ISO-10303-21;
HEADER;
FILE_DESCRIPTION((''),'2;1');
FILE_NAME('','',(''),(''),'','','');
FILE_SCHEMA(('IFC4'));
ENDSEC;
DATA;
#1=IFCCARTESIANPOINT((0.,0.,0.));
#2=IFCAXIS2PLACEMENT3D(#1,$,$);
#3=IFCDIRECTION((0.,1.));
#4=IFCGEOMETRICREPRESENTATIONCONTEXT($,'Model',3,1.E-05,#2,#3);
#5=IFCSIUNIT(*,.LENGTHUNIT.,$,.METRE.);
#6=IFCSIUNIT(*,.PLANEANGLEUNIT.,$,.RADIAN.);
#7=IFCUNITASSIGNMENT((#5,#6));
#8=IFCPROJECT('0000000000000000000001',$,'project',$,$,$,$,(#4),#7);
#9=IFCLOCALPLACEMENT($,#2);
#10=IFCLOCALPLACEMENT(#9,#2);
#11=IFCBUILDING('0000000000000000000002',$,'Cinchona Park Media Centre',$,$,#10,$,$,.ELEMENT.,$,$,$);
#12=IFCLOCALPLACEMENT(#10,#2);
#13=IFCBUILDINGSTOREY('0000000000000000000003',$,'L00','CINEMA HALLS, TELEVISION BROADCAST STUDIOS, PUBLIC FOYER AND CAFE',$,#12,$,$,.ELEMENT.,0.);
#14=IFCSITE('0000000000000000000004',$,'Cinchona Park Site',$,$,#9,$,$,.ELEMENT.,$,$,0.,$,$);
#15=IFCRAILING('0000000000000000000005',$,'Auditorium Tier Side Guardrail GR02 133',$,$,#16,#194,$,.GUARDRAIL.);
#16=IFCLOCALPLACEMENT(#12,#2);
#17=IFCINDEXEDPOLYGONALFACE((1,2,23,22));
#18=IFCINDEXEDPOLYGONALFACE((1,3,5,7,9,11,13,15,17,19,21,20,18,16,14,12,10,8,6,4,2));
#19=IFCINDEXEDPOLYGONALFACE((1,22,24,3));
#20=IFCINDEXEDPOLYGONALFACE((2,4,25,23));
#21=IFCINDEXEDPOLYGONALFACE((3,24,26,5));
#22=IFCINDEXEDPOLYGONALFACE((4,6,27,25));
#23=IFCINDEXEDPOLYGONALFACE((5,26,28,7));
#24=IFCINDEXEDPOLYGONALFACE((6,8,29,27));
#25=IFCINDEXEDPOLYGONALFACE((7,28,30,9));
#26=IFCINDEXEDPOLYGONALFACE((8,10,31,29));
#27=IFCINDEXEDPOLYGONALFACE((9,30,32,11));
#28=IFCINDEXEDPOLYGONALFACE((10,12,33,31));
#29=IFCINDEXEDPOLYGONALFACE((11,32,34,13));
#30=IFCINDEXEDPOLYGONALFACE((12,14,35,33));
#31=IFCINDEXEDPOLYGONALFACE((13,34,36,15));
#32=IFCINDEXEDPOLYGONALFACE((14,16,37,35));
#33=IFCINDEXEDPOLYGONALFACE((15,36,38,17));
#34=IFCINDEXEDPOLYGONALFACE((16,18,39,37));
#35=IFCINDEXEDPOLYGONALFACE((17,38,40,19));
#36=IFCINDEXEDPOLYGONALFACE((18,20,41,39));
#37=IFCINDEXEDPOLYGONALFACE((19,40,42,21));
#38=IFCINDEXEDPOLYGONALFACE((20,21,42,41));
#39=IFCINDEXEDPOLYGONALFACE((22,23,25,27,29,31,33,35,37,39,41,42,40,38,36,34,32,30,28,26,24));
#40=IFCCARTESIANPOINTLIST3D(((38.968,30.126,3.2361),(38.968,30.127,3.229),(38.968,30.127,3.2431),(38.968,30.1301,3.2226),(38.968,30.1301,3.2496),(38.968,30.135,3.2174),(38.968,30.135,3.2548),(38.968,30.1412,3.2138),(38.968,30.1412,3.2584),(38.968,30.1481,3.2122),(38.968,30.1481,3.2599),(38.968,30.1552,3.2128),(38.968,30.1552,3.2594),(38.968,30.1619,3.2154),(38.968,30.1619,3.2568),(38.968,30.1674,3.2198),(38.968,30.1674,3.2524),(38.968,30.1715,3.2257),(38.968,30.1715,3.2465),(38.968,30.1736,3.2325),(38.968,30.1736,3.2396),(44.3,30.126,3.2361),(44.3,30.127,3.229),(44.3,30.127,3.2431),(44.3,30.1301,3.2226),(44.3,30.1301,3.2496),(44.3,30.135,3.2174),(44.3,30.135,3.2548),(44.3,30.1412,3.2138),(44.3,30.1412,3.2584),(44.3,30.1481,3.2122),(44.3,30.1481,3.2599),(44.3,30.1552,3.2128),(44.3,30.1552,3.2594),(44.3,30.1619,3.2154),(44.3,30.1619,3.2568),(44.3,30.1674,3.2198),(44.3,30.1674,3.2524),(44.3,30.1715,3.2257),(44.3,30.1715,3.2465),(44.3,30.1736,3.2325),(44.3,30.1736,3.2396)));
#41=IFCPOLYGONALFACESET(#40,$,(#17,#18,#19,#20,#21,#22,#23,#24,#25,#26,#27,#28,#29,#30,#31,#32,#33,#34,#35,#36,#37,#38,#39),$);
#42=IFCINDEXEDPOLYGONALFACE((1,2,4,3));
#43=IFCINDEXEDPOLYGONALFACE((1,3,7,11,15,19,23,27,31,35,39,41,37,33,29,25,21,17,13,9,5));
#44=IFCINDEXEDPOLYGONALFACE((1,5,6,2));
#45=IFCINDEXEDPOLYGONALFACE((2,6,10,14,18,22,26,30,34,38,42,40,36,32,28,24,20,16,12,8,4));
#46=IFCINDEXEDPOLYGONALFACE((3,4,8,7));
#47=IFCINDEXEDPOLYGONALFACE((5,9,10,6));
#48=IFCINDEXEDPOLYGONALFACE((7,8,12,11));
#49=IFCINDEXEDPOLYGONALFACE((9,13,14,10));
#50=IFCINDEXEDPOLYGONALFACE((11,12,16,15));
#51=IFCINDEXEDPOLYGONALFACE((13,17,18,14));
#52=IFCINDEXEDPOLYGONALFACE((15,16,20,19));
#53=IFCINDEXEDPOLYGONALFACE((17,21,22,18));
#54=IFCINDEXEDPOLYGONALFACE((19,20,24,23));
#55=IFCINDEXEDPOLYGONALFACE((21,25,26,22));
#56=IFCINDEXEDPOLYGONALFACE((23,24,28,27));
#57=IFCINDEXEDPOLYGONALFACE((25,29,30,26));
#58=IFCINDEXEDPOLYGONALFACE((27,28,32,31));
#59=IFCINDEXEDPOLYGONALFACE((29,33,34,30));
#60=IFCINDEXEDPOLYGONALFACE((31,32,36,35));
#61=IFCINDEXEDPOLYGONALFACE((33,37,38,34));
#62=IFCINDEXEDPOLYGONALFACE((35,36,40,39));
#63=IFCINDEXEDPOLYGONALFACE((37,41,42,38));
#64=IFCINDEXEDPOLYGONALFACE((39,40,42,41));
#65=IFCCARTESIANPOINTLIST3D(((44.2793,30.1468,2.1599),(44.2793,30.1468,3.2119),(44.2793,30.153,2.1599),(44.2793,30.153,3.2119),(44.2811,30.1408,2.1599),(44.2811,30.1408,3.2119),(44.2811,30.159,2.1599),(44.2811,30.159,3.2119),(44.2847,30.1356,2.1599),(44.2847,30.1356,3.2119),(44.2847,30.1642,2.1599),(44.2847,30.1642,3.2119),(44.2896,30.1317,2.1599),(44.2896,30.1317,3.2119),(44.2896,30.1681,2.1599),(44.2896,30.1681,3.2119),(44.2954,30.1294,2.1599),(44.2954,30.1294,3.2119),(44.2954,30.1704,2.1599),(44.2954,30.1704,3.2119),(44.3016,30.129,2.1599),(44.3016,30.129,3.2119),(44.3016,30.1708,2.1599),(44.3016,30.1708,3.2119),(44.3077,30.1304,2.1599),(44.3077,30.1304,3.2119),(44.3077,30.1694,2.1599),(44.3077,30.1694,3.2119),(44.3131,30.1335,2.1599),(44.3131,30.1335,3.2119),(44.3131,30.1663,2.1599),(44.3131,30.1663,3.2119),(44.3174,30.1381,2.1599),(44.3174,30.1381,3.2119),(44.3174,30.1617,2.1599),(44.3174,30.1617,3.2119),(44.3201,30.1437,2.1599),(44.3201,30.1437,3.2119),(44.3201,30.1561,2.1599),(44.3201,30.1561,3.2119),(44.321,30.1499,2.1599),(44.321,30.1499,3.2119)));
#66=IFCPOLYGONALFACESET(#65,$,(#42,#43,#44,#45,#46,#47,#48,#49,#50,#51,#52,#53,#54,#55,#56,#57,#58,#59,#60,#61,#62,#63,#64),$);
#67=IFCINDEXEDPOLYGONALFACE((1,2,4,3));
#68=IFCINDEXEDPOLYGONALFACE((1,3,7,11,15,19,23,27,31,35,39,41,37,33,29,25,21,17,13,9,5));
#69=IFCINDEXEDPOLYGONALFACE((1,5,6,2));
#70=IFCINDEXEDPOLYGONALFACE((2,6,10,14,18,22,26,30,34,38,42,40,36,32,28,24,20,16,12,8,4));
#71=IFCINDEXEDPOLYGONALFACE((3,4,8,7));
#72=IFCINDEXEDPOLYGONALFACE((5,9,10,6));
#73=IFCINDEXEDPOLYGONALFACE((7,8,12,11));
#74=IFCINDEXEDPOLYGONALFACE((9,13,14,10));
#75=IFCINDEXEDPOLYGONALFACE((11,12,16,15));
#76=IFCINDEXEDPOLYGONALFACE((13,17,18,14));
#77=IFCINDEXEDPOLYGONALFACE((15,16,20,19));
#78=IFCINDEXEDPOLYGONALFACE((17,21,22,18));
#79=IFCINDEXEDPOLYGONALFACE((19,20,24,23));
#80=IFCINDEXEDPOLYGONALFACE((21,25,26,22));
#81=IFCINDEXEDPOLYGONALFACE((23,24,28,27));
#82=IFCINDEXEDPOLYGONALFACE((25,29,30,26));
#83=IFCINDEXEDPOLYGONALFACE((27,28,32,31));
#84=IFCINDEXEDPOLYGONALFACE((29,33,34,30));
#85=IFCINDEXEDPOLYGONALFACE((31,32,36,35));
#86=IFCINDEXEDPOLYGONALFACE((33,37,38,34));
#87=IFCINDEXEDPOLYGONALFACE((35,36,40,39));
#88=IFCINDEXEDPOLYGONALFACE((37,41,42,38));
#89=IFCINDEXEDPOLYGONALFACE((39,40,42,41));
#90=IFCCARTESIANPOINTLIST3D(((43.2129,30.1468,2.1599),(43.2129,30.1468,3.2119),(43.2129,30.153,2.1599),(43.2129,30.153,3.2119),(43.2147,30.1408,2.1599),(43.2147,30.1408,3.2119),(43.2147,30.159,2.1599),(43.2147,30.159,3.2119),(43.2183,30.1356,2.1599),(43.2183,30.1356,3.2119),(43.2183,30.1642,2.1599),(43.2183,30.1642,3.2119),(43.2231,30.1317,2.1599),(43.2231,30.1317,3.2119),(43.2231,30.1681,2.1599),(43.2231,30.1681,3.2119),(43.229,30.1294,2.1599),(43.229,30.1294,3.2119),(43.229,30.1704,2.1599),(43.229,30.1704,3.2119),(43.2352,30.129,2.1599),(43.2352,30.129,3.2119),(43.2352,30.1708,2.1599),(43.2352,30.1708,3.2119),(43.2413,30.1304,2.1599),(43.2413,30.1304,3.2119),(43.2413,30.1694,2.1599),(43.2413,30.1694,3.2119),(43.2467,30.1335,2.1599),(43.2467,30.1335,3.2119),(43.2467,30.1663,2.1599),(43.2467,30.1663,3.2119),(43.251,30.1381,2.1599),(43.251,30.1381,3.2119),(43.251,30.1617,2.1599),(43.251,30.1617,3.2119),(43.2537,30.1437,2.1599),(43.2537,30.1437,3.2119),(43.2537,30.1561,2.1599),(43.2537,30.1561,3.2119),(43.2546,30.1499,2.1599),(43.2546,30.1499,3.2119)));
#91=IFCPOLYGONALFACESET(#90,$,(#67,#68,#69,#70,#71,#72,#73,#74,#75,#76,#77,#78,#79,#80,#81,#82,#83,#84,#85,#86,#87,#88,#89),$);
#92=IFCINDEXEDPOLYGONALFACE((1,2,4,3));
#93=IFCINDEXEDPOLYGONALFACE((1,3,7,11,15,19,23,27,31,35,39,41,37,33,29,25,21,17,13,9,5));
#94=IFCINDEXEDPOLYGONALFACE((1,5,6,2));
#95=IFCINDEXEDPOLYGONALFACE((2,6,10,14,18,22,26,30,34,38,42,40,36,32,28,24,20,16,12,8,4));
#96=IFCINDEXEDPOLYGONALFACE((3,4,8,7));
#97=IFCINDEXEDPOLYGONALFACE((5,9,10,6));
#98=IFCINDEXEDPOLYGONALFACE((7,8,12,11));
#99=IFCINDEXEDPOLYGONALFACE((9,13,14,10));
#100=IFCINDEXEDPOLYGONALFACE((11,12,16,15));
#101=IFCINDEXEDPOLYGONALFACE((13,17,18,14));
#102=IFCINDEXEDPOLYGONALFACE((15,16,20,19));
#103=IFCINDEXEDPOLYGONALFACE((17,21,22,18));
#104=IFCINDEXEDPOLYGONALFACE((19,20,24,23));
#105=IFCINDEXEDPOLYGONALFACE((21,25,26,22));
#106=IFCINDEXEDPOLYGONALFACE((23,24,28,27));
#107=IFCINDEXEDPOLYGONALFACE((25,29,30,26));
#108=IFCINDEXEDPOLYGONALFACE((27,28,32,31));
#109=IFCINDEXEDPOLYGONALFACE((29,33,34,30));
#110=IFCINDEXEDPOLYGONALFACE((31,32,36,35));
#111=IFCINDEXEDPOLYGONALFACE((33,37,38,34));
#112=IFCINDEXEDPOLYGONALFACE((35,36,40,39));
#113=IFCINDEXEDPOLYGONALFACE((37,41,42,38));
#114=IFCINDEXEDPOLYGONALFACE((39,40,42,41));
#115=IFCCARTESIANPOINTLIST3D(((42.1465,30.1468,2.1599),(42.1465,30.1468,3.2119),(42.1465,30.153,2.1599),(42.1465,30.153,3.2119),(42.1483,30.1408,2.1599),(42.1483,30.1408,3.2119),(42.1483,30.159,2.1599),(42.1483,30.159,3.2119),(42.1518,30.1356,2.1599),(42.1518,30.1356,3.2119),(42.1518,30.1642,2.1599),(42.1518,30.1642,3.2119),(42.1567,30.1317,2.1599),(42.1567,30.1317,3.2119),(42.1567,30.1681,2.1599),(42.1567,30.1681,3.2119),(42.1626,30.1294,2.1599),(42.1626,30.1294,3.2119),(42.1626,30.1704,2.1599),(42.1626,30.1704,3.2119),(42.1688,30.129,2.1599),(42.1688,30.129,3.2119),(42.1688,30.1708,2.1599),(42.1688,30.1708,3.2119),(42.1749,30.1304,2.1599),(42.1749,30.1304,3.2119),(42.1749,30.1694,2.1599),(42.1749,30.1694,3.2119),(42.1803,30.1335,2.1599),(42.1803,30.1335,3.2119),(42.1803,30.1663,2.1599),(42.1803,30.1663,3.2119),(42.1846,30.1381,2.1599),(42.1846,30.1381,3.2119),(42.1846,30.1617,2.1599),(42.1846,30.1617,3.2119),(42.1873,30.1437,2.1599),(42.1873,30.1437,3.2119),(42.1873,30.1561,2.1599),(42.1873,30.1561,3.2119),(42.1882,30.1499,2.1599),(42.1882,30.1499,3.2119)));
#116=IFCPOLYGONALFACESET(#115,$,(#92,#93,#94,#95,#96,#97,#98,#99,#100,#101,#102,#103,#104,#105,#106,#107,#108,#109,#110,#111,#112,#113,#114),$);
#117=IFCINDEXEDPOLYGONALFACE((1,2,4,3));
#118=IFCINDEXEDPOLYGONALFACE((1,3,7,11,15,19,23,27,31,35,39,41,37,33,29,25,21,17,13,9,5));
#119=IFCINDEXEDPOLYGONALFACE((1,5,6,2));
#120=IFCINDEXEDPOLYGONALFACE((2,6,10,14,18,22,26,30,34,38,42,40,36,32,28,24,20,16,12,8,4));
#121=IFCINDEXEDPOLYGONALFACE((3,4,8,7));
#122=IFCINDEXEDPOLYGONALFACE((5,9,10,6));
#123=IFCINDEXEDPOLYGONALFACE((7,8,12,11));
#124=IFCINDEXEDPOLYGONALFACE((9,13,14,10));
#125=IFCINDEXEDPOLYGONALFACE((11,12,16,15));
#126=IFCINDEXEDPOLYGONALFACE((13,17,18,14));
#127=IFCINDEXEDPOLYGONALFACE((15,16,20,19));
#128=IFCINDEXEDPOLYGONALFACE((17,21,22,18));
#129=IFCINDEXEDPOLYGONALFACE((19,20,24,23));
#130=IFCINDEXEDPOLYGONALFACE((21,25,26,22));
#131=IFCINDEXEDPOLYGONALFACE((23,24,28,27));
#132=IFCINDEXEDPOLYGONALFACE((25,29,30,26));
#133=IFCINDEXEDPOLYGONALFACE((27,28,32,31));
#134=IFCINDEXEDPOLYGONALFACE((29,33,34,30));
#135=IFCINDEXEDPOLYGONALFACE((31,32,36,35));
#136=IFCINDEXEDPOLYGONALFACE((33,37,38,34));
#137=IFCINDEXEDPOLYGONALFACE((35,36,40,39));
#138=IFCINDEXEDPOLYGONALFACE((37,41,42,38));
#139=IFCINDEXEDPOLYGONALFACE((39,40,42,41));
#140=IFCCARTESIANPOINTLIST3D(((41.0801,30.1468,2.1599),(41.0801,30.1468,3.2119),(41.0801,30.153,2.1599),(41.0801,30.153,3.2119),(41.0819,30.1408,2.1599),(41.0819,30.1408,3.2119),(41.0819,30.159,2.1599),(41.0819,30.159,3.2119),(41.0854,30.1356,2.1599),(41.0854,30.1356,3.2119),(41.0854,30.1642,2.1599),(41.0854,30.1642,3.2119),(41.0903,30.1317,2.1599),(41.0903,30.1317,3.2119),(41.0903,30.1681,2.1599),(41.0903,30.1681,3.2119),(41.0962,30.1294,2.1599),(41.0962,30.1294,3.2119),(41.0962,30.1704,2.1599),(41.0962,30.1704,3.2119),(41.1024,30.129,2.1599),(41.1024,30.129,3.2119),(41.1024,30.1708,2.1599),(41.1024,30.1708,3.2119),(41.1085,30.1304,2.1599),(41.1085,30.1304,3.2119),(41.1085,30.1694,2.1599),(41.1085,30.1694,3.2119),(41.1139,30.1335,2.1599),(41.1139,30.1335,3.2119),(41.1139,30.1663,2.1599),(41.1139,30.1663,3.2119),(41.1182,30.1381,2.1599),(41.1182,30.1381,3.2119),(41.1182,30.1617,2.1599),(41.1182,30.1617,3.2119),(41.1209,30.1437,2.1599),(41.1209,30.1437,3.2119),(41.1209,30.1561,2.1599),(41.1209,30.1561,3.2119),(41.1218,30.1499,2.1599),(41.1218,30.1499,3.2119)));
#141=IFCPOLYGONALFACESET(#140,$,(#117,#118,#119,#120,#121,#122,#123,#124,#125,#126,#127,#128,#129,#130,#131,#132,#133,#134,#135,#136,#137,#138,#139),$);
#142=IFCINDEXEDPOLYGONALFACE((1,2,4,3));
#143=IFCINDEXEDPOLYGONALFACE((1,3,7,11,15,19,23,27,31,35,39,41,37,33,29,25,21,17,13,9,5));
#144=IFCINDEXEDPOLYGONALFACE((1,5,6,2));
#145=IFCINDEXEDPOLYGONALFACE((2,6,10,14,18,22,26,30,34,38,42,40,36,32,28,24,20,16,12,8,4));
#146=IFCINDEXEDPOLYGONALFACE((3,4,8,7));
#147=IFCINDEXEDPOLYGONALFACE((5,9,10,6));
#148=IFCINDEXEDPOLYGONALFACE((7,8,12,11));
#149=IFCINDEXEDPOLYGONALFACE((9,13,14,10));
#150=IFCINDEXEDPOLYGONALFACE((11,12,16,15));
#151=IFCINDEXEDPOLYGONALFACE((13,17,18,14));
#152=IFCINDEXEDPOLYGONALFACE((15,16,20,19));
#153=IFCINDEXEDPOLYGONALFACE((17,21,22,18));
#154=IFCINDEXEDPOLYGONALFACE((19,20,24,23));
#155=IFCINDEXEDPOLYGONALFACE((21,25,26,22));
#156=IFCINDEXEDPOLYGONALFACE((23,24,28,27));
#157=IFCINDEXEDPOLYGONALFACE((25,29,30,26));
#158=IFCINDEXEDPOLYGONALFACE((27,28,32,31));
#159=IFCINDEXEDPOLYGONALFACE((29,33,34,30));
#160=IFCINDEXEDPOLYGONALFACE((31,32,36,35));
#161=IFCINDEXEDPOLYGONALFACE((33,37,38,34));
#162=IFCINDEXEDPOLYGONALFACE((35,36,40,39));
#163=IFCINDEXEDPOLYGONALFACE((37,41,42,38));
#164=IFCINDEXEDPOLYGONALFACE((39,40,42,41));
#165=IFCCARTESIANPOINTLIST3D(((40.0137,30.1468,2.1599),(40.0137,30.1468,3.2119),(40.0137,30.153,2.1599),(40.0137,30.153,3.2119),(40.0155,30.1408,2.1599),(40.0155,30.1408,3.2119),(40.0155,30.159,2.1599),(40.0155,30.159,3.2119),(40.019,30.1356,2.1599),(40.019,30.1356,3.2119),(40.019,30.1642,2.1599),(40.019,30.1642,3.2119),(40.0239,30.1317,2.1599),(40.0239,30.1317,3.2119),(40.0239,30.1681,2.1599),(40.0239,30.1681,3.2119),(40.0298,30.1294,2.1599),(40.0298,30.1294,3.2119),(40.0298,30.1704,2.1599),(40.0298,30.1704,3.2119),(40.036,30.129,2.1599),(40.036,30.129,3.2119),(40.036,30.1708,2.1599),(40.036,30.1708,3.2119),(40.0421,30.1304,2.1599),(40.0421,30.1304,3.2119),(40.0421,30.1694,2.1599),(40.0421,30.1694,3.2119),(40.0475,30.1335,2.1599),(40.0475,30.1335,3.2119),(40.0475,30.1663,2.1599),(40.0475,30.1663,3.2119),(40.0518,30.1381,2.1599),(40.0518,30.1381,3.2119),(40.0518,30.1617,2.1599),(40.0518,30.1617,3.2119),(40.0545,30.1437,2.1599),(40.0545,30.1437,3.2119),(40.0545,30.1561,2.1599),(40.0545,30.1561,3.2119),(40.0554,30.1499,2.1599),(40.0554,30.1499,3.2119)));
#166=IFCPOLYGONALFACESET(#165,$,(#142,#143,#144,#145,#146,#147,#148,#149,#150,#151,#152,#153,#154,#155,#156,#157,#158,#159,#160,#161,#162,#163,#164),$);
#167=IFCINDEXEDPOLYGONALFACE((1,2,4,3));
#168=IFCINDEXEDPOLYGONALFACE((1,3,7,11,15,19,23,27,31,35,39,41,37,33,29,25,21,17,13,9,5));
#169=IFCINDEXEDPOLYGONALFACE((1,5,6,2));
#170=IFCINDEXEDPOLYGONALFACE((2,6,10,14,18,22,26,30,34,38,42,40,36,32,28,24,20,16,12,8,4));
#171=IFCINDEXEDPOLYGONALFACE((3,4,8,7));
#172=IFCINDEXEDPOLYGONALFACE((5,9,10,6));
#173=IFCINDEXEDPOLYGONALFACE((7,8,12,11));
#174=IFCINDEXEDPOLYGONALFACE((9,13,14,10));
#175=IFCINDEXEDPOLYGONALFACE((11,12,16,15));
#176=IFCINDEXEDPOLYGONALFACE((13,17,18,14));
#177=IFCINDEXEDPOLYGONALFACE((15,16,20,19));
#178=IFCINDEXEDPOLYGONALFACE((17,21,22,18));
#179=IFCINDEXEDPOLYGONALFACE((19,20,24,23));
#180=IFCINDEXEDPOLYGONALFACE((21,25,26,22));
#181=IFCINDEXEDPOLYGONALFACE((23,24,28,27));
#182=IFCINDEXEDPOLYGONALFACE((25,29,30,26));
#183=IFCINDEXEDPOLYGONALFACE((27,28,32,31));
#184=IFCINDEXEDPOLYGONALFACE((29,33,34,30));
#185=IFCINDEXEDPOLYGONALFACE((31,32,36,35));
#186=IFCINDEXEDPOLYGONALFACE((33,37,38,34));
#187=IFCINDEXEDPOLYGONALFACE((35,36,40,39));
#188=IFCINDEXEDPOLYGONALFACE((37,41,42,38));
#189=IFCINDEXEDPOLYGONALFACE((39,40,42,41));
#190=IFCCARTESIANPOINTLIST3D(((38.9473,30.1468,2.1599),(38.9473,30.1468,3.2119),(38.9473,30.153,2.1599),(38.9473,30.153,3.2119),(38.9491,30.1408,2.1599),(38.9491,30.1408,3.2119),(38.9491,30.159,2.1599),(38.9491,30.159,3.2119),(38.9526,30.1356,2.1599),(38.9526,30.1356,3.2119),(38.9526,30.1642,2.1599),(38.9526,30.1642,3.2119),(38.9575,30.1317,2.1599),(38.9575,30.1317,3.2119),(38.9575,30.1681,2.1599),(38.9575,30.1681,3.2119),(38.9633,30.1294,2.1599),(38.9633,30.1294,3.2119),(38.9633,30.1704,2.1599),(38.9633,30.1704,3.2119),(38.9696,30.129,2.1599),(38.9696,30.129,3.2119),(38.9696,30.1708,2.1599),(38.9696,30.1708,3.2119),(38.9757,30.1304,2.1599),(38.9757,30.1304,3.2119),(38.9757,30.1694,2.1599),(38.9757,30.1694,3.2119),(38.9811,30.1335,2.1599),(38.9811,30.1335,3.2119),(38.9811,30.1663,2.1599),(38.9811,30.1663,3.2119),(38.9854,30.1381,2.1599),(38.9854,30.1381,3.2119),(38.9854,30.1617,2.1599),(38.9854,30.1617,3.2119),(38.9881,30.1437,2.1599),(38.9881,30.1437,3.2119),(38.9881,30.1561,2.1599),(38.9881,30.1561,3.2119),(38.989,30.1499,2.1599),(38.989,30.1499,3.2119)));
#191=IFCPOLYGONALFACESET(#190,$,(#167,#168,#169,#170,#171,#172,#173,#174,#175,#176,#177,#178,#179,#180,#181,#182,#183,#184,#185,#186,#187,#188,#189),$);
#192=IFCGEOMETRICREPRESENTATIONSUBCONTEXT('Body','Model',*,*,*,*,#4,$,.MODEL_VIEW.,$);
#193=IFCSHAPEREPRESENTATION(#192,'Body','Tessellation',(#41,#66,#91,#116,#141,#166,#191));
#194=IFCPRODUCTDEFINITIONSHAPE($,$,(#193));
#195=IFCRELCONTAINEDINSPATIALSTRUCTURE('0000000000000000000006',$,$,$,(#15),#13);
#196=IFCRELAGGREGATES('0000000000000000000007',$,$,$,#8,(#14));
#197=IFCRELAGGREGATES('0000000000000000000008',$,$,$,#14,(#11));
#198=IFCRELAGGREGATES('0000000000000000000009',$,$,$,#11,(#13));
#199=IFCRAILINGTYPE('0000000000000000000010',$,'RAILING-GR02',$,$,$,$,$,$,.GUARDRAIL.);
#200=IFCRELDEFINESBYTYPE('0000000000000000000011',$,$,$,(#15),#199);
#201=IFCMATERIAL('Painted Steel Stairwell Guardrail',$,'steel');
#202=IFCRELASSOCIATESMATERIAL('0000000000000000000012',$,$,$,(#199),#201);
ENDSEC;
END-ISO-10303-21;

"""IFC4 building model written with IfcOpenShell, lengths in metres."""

from ifc_helpers import new_model, si_unit, direction, frame, origin, origin_2d, place, context, subcontext, project, spatial, circle, extrude, material, type_object, element, save


model = new_model("IFC4")

# Units and contexts
model_context = context("Model", 3, precision=1e-05, world=origin(), true_north=direction((0.0, 1.0)))
body_context = subcontext(model_context, "Body", "Model", "MODEL_VIEW")
ifc_project = project(units=[si_unit("LENGTHUNIT", "METRE"), si_unit("PLANEANGLEUNIT", "RADIAN")], contexts=[model_context])

# Site, building, storey
site_placement = place(None, origin())
site = spatial("IfcSite", under=ifc_project, at=site_placement, Name="Cinchona Park Site", CompositionType="ELEMENT", RefElevation=0.0)
building_placement = place(site_placement, origin())
building = spatial("IfcBuilding", under=site, at=building_placement, Name="Cinchona Park Media Centre", CompositionType="ELEMENT")
storey_placement = place(building_placement, origin())
storey = spatial("IfcBuildingStorey", under=building, at=storey_placement, Name="L00", Description="CINEMA HALLS, TELEVISION BROADCAST STUDIOS, PUBLIC FOYER AND CAFE", CompositionType="ELEMENT", Elevation=0.0)

# Railing
ifc_material_1 = material(Name="Painted Steel Stairwell Guardrail", Category="steel")
railing_type_1 = type_object("IfcRailingType", Name="RAILING-GR02", PredefinedType="GUARDRAIL", material=ifc_material_1)
railing_1_placement = place(storey_placement, frame((44.3, 30.1499, 2.1599)))
element("IfcRailing", 1, at=railing_1_placement, inside=storey, type_object=railing_type_1, Name="Auditorium Tier Side Guardrail GR02 133", PredefinedType="GUARDRAIL", context=body_context, shape_type="SweptSolid", body=[
    extrude(circle(Radius=0.0239, at=origin_2d()), frame((0.0, 0.0, 1.0762), z_axis=(-1.0, 0.0, 0.0), x_axis=(0.0, -1.0, 0.0)), (0.0, 0.0, 1.0), 5.332),
    extrude(circle(Radius=0.021, at=origin_2d()), origin(), (0.0, 0.0, 1.0), 1.052),
    extrude(circle(Radius=0.021, at=origin_2d()), frame((-1.0664, 0.0, 0.0)), (0.0, 0.0, 1.0), 1.052),
    extrude(circle(Radius=0.021, at=origin_2d()), frame((-2.1328, 0.0, 0.0)), (0.0, 0.0, 1.0), 1.052),
    extrude(circle(Radius=0.021, at=origin_2d()), frame((-3.1992, 0.0, 0.0)), (0.0, 0.0, 1.0), 1.052),
    extrude(circle(Radius=0.021, at=origin_2d()), frame((-4.2656, 0.0, 0.0)), (0.0, 0.0, 1.0), 1.052),
    extrude(circle(Radius=0.021, at=origin_2d()), frame((-5.332, 0.0, 0.0)), (0.0, 0.0, 1.0), 1.052),
])

save(model, "model.ifc")
